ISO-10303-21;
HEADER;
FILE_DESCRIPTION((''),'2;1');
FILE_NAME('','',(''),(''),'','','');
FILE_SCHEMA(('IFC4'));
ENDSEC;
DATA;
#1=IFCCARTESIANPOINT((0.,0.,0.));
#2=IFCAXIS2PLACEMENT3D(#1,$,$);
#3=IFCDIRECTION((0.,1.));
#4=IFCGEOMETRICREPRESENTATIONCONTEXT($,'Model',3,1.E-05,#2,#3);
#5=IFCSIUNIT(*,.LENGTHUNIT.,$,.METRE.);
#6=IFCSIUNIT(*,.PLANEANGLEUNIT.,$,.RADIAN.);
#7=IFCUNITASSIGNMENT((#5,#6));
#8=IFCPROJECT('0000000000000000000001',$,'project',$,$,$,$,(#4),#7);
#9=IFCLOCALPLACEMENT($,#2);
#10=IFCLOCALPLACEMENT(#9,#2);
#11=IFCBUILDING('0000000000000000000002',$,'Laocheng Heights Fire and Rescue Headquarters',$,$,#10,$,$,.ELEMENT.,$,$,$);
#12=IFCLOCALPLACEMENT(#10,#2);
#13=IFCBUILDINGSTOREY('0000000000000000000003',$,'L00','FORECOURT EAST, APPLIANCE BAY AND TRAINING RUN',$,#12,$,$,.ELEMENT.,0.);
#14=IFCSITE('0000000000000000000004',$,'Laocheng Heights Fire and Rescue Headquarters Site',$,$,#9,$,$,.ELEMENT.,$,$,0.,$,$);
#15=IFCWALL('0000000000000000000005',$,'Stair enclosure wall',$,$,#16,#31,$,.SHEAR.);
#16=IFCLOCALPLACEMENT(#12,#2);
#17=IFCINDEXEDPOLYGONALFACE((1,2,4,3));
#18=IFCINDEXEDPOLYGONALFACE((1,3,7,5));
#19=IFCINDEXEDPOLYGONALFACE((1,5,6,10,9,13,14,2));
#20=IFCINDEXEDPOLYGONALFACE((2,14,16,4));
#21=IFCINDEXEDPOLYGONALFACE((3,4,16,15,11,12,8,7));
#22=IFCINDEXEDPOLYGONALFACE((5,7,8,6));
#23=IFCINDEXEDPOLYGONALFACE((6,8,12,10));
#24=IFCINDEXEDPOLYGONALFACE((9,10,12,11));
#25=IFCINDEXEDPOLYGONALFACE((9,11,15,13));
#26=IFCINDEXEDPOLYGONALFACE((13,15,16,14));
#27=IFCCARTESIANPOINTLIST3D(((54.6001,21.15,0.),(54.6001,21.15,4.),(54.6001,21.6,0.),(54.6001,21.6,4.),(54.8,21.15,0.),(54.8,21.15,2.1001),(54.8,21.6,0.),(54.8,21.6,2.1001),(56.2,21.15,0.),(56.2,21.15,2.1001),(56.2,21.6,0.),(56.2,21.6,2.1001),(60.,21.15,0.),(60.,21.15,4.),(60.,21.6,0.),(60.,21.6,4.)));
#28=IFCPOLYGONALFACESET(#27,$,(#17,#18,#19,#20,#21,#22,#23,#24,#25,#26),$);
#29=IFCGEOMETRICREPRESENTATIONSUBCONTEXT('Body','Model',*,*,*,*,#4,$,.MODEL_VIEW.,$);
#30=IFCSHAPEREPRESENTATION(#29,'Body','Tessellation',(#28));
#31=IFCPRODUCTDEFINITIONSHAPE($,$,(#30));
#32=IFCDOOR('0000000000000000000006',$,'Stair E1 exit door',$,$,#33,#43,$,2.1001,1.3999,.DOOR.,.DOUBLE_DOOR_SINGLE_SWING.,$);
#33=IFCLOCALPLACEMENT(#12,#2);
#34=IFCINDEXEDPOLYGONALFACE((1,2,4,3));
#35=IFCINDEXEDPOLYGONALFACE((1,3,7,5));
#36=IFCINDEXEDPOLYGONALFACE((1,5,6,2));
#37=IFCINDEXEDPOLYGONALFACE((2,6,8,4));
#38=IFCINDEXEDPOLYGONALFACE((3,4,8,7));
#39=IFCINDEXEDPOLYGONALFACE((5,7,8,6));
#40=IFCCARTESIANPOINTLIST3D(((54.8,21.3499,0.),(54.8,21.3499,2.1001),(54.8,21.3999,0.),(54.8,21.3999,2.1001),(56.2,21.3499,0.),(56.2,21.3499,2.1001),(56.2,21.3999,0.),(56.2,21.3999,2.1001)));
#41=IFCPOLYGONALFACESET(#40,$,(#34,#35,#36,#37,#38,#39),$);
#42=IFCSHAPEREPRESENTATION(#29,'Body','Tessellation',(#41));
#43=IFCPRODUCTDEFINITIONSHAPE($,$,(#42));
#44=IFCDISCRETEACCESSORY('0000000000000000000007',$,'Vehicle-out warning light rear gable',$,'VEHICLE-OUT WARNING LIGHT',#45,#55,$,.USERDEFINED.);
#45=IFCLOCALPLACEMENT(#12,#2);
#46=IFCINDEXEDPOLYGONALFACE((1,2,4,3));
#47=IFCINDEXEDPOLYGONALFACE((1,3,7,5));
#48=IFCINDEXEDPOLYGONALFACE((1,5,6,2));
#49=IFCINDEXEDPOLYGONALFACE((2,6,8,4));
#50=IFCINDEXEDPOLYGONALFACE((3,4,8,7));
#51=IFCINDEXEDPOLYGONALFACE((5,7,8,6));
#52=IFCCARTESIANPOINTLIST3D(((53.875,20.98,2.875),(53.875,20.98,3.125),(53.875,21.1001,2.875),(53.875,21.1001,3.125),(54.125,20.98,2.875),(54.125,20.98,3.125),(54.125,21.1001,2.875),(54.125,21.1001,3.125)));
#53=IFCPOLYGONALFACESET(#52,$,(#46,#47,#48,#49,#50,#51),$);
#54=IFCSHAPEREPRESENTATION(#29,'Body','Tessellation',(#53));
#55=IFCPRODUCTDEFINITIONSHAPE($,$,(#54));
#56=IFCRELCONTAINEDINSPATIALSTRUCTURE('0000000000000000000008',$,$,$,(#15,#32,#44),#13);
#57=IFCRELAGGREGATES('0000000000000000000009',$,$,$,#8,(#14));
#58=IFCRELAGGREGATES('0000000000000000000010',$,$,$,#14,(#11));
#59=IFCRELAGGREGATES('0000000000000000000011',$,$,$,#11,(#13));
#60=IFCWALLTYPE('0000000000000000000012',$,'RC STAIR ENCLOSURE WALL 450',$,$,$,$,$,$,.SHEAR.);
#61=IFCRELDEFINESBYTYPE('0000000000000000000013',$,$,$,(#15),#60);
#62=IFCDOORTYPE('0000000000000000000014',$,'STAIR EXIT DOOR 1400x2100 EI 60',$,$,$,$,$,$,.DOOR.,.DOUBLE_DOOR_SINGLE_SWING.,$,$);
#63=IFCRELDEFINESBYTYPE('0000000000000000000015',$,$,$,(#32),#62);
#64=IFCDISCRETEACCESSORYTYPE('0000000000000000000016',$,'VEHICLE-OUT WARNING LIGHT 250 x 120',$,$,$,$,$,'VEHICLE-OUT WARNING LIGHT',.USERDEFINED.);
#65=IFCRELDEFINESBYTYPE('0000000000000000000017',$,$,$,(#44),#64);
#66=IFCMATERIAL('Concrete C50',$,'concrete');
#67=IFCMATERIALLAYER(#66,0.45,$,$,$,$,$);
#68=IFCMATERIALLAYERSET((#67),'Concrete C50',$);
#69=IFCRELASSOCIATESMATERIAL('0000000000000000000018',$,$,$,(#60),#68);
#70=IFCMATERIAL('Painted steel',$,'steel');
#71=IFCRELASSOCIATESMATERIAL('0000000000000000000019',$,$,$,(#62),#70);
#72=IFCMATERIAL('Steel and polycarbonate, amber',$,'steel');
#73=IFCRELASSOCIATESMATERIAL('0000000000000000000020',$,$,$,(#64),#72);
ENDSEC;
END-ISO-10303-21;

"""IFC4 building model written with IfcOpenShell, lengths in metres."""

from ifc_helpers import new_model, si_unit, direction, frame, frame_2d, origin, origin_2d, place, context, subcontext, project, spatial, rectangle, extrude, material, layer, layer_set, type_object, element, fill, save


model = new_model("IFC4")

# Units and contexts
model_context = context("Model", 3, precision=1e-05, world=origin(), true_north=direction((0.0, 1.0)))
body_context = subcontext(model_context, "Body", "Model", "MODEL_VIEW")
ifc_project = project(units=[si_unit("LENGTHUNIT", "METRE"), si_unit("PLANEANGLEUNIT", "RADIAN")], contexts=[model_context])

# Site, building, storey
site_placement = place(None, origin())
site = spatial("IfcSite", under=ifc_project, at=site_placement, Name="Laocheng Heights Fire and Rescue Headquarters Site", CompositionType="ELEMENT", RefElevation=0.0)
building_placement = place(site_placement, origin())
building = spatial("IfcBuilding", under=site, at=building_placement, Name="Laocheng Heights Fire and Rescue Headquarters", CompositionType="ELEMENT")
storey_placement = place(building_placement, origin())
storey = spatial("IfcBuildingStorey", under=building, at=storey_placement, Name="L00", Description="FORECOURT EAST, APPLIANCE BAY AND TRAINING RUN", CompositionType="ELEMENT", Elevation=0.0)

# Wall, opening, door
ifc_material_1 = material(Name="Concrete C50", Category="concrete")
ifc_layer_1 = layer(ifc_material_1, 0.45)
ifc_layer_set_1 = layer_set([ifc_layer_1], Name="Concrete C50")
wall_type_1 = type_object("IfcWallType", Name="RC STAIR ENCLOSURE WALL 450", PredefinedType="SHEAR", material=ifc_layer_set_1)
wall_1_placement = place(storey_placement, frame((54.6001, 21.375, 0.0), z_axis=(0.0, 0.0, 1.0), x_axis=(1.0, 0.0, 0.0)))
wall_1 = element("IfcWall", 1, at=wall_1_placement, inside=storey, type_object=wall_type_1, Name="Stair enclosure wall", PredefinedType="SHEAR", context=body_context, shape_type="SweptSolid", body=[
    extrude(rectangle(XDim=5.3999, YDim=0.45, at=frame_2d((2.7, 0.0))), origin(), (0.0, 0.0, 1.0), 4.0),
])
opening_1_placement = place(wall_1_placement, frame((0.2, 0.0, 0.0)))
opening_1 = element("IfcOpeningElement", 2, at=opening_1_placement, cuts=wall_1, PredefinedType="OPENING", context=body_context, shape_type="SweptSolid", body=[
    extrude(rectangle(XDim=1.3999, YDim=2.1001, at=frame_2d((0.7, 1.05))), frame((0.0, 0.2349, 0.0), z_axis=(0.0, -1.0, 0.0), x_axis=(1.0, 0.0, 0.0)), (0.0, 0.0, 1.0), 0.47),
])
ifc_material_2 = material(Name="Painted steel", Category="steel")
door_type_1 = type_object("IfcDoorType", Name="STAIR EXIT DOOR 1400x2100 EI 60", OperationType="DOUBLE_DOOR_SINGLE_SWING", PredefinedType="DOOR", material=ifc_material_2)
door_1_placement = place(opening_1_placement, origin())
door_1 = element("IfcDoor", 3, at=door_1_placement, inside=storey, type_object=door_type_1, Name="Stair E1 exit door", OperationType="DOUBLE_DOOR_SINGLE_SWING", OverallHeight=2.1001, OverallWidth=1.3999, PredefinedType="DOOR", context=body_context, shape_type="SweptSolid", body=[
    extrude(rectangle(XDim=1.3999, YDim=2.1001, at=frame_2d((0.7, 1.05))), frame((0.0, 0.0249, 0.0), z_axis=(0.0, -1.0, 0.0), x_axis=(1.0, 0.0, 0.0)), (0.0, 0.0, 1.0), 0.05),
])
fill(opening_1, door_1)

# Discrete accessory
ifc_material_3 = material(Name="Steel and polycarbonate, amber", Category="steel")
discrete_accessory_type = type_object("IfcDiscreteAccessoryType", Name="VEHICLE-OUT WARNING LIGHT 250 x 120", ElementType="VEHICLE-OUT WARNING LIGHT", PredefinedType="USERDEFINED", material=ifc_material_3)
discrete_accessory_placement = place(storey_placement, frame((54.0, 21.04, 2.875), z_axis=(0.0, 0.0, 1.0), x_axis=(1.0, 0.0, 0.0)))
element("IfcDiscreteAccessory", 4, at=discrete_accessory_placement, inside=storey, type_object=discrete_accessory_type, Name="Vehicle-out warning light rear gable", ObjectType="VEHICLE-OUT WARNING LIGHT", PredefinedType="USERDEFINED", context=body_context, shape_type="SweptSolid", body=[
    extrude(rectangle(XDim=0.25, YDim=0.1201, at=origin_2d()), origin(), (0.0, 0.0, 1.0), 0.25),
])

save(model, "model.ifc")
